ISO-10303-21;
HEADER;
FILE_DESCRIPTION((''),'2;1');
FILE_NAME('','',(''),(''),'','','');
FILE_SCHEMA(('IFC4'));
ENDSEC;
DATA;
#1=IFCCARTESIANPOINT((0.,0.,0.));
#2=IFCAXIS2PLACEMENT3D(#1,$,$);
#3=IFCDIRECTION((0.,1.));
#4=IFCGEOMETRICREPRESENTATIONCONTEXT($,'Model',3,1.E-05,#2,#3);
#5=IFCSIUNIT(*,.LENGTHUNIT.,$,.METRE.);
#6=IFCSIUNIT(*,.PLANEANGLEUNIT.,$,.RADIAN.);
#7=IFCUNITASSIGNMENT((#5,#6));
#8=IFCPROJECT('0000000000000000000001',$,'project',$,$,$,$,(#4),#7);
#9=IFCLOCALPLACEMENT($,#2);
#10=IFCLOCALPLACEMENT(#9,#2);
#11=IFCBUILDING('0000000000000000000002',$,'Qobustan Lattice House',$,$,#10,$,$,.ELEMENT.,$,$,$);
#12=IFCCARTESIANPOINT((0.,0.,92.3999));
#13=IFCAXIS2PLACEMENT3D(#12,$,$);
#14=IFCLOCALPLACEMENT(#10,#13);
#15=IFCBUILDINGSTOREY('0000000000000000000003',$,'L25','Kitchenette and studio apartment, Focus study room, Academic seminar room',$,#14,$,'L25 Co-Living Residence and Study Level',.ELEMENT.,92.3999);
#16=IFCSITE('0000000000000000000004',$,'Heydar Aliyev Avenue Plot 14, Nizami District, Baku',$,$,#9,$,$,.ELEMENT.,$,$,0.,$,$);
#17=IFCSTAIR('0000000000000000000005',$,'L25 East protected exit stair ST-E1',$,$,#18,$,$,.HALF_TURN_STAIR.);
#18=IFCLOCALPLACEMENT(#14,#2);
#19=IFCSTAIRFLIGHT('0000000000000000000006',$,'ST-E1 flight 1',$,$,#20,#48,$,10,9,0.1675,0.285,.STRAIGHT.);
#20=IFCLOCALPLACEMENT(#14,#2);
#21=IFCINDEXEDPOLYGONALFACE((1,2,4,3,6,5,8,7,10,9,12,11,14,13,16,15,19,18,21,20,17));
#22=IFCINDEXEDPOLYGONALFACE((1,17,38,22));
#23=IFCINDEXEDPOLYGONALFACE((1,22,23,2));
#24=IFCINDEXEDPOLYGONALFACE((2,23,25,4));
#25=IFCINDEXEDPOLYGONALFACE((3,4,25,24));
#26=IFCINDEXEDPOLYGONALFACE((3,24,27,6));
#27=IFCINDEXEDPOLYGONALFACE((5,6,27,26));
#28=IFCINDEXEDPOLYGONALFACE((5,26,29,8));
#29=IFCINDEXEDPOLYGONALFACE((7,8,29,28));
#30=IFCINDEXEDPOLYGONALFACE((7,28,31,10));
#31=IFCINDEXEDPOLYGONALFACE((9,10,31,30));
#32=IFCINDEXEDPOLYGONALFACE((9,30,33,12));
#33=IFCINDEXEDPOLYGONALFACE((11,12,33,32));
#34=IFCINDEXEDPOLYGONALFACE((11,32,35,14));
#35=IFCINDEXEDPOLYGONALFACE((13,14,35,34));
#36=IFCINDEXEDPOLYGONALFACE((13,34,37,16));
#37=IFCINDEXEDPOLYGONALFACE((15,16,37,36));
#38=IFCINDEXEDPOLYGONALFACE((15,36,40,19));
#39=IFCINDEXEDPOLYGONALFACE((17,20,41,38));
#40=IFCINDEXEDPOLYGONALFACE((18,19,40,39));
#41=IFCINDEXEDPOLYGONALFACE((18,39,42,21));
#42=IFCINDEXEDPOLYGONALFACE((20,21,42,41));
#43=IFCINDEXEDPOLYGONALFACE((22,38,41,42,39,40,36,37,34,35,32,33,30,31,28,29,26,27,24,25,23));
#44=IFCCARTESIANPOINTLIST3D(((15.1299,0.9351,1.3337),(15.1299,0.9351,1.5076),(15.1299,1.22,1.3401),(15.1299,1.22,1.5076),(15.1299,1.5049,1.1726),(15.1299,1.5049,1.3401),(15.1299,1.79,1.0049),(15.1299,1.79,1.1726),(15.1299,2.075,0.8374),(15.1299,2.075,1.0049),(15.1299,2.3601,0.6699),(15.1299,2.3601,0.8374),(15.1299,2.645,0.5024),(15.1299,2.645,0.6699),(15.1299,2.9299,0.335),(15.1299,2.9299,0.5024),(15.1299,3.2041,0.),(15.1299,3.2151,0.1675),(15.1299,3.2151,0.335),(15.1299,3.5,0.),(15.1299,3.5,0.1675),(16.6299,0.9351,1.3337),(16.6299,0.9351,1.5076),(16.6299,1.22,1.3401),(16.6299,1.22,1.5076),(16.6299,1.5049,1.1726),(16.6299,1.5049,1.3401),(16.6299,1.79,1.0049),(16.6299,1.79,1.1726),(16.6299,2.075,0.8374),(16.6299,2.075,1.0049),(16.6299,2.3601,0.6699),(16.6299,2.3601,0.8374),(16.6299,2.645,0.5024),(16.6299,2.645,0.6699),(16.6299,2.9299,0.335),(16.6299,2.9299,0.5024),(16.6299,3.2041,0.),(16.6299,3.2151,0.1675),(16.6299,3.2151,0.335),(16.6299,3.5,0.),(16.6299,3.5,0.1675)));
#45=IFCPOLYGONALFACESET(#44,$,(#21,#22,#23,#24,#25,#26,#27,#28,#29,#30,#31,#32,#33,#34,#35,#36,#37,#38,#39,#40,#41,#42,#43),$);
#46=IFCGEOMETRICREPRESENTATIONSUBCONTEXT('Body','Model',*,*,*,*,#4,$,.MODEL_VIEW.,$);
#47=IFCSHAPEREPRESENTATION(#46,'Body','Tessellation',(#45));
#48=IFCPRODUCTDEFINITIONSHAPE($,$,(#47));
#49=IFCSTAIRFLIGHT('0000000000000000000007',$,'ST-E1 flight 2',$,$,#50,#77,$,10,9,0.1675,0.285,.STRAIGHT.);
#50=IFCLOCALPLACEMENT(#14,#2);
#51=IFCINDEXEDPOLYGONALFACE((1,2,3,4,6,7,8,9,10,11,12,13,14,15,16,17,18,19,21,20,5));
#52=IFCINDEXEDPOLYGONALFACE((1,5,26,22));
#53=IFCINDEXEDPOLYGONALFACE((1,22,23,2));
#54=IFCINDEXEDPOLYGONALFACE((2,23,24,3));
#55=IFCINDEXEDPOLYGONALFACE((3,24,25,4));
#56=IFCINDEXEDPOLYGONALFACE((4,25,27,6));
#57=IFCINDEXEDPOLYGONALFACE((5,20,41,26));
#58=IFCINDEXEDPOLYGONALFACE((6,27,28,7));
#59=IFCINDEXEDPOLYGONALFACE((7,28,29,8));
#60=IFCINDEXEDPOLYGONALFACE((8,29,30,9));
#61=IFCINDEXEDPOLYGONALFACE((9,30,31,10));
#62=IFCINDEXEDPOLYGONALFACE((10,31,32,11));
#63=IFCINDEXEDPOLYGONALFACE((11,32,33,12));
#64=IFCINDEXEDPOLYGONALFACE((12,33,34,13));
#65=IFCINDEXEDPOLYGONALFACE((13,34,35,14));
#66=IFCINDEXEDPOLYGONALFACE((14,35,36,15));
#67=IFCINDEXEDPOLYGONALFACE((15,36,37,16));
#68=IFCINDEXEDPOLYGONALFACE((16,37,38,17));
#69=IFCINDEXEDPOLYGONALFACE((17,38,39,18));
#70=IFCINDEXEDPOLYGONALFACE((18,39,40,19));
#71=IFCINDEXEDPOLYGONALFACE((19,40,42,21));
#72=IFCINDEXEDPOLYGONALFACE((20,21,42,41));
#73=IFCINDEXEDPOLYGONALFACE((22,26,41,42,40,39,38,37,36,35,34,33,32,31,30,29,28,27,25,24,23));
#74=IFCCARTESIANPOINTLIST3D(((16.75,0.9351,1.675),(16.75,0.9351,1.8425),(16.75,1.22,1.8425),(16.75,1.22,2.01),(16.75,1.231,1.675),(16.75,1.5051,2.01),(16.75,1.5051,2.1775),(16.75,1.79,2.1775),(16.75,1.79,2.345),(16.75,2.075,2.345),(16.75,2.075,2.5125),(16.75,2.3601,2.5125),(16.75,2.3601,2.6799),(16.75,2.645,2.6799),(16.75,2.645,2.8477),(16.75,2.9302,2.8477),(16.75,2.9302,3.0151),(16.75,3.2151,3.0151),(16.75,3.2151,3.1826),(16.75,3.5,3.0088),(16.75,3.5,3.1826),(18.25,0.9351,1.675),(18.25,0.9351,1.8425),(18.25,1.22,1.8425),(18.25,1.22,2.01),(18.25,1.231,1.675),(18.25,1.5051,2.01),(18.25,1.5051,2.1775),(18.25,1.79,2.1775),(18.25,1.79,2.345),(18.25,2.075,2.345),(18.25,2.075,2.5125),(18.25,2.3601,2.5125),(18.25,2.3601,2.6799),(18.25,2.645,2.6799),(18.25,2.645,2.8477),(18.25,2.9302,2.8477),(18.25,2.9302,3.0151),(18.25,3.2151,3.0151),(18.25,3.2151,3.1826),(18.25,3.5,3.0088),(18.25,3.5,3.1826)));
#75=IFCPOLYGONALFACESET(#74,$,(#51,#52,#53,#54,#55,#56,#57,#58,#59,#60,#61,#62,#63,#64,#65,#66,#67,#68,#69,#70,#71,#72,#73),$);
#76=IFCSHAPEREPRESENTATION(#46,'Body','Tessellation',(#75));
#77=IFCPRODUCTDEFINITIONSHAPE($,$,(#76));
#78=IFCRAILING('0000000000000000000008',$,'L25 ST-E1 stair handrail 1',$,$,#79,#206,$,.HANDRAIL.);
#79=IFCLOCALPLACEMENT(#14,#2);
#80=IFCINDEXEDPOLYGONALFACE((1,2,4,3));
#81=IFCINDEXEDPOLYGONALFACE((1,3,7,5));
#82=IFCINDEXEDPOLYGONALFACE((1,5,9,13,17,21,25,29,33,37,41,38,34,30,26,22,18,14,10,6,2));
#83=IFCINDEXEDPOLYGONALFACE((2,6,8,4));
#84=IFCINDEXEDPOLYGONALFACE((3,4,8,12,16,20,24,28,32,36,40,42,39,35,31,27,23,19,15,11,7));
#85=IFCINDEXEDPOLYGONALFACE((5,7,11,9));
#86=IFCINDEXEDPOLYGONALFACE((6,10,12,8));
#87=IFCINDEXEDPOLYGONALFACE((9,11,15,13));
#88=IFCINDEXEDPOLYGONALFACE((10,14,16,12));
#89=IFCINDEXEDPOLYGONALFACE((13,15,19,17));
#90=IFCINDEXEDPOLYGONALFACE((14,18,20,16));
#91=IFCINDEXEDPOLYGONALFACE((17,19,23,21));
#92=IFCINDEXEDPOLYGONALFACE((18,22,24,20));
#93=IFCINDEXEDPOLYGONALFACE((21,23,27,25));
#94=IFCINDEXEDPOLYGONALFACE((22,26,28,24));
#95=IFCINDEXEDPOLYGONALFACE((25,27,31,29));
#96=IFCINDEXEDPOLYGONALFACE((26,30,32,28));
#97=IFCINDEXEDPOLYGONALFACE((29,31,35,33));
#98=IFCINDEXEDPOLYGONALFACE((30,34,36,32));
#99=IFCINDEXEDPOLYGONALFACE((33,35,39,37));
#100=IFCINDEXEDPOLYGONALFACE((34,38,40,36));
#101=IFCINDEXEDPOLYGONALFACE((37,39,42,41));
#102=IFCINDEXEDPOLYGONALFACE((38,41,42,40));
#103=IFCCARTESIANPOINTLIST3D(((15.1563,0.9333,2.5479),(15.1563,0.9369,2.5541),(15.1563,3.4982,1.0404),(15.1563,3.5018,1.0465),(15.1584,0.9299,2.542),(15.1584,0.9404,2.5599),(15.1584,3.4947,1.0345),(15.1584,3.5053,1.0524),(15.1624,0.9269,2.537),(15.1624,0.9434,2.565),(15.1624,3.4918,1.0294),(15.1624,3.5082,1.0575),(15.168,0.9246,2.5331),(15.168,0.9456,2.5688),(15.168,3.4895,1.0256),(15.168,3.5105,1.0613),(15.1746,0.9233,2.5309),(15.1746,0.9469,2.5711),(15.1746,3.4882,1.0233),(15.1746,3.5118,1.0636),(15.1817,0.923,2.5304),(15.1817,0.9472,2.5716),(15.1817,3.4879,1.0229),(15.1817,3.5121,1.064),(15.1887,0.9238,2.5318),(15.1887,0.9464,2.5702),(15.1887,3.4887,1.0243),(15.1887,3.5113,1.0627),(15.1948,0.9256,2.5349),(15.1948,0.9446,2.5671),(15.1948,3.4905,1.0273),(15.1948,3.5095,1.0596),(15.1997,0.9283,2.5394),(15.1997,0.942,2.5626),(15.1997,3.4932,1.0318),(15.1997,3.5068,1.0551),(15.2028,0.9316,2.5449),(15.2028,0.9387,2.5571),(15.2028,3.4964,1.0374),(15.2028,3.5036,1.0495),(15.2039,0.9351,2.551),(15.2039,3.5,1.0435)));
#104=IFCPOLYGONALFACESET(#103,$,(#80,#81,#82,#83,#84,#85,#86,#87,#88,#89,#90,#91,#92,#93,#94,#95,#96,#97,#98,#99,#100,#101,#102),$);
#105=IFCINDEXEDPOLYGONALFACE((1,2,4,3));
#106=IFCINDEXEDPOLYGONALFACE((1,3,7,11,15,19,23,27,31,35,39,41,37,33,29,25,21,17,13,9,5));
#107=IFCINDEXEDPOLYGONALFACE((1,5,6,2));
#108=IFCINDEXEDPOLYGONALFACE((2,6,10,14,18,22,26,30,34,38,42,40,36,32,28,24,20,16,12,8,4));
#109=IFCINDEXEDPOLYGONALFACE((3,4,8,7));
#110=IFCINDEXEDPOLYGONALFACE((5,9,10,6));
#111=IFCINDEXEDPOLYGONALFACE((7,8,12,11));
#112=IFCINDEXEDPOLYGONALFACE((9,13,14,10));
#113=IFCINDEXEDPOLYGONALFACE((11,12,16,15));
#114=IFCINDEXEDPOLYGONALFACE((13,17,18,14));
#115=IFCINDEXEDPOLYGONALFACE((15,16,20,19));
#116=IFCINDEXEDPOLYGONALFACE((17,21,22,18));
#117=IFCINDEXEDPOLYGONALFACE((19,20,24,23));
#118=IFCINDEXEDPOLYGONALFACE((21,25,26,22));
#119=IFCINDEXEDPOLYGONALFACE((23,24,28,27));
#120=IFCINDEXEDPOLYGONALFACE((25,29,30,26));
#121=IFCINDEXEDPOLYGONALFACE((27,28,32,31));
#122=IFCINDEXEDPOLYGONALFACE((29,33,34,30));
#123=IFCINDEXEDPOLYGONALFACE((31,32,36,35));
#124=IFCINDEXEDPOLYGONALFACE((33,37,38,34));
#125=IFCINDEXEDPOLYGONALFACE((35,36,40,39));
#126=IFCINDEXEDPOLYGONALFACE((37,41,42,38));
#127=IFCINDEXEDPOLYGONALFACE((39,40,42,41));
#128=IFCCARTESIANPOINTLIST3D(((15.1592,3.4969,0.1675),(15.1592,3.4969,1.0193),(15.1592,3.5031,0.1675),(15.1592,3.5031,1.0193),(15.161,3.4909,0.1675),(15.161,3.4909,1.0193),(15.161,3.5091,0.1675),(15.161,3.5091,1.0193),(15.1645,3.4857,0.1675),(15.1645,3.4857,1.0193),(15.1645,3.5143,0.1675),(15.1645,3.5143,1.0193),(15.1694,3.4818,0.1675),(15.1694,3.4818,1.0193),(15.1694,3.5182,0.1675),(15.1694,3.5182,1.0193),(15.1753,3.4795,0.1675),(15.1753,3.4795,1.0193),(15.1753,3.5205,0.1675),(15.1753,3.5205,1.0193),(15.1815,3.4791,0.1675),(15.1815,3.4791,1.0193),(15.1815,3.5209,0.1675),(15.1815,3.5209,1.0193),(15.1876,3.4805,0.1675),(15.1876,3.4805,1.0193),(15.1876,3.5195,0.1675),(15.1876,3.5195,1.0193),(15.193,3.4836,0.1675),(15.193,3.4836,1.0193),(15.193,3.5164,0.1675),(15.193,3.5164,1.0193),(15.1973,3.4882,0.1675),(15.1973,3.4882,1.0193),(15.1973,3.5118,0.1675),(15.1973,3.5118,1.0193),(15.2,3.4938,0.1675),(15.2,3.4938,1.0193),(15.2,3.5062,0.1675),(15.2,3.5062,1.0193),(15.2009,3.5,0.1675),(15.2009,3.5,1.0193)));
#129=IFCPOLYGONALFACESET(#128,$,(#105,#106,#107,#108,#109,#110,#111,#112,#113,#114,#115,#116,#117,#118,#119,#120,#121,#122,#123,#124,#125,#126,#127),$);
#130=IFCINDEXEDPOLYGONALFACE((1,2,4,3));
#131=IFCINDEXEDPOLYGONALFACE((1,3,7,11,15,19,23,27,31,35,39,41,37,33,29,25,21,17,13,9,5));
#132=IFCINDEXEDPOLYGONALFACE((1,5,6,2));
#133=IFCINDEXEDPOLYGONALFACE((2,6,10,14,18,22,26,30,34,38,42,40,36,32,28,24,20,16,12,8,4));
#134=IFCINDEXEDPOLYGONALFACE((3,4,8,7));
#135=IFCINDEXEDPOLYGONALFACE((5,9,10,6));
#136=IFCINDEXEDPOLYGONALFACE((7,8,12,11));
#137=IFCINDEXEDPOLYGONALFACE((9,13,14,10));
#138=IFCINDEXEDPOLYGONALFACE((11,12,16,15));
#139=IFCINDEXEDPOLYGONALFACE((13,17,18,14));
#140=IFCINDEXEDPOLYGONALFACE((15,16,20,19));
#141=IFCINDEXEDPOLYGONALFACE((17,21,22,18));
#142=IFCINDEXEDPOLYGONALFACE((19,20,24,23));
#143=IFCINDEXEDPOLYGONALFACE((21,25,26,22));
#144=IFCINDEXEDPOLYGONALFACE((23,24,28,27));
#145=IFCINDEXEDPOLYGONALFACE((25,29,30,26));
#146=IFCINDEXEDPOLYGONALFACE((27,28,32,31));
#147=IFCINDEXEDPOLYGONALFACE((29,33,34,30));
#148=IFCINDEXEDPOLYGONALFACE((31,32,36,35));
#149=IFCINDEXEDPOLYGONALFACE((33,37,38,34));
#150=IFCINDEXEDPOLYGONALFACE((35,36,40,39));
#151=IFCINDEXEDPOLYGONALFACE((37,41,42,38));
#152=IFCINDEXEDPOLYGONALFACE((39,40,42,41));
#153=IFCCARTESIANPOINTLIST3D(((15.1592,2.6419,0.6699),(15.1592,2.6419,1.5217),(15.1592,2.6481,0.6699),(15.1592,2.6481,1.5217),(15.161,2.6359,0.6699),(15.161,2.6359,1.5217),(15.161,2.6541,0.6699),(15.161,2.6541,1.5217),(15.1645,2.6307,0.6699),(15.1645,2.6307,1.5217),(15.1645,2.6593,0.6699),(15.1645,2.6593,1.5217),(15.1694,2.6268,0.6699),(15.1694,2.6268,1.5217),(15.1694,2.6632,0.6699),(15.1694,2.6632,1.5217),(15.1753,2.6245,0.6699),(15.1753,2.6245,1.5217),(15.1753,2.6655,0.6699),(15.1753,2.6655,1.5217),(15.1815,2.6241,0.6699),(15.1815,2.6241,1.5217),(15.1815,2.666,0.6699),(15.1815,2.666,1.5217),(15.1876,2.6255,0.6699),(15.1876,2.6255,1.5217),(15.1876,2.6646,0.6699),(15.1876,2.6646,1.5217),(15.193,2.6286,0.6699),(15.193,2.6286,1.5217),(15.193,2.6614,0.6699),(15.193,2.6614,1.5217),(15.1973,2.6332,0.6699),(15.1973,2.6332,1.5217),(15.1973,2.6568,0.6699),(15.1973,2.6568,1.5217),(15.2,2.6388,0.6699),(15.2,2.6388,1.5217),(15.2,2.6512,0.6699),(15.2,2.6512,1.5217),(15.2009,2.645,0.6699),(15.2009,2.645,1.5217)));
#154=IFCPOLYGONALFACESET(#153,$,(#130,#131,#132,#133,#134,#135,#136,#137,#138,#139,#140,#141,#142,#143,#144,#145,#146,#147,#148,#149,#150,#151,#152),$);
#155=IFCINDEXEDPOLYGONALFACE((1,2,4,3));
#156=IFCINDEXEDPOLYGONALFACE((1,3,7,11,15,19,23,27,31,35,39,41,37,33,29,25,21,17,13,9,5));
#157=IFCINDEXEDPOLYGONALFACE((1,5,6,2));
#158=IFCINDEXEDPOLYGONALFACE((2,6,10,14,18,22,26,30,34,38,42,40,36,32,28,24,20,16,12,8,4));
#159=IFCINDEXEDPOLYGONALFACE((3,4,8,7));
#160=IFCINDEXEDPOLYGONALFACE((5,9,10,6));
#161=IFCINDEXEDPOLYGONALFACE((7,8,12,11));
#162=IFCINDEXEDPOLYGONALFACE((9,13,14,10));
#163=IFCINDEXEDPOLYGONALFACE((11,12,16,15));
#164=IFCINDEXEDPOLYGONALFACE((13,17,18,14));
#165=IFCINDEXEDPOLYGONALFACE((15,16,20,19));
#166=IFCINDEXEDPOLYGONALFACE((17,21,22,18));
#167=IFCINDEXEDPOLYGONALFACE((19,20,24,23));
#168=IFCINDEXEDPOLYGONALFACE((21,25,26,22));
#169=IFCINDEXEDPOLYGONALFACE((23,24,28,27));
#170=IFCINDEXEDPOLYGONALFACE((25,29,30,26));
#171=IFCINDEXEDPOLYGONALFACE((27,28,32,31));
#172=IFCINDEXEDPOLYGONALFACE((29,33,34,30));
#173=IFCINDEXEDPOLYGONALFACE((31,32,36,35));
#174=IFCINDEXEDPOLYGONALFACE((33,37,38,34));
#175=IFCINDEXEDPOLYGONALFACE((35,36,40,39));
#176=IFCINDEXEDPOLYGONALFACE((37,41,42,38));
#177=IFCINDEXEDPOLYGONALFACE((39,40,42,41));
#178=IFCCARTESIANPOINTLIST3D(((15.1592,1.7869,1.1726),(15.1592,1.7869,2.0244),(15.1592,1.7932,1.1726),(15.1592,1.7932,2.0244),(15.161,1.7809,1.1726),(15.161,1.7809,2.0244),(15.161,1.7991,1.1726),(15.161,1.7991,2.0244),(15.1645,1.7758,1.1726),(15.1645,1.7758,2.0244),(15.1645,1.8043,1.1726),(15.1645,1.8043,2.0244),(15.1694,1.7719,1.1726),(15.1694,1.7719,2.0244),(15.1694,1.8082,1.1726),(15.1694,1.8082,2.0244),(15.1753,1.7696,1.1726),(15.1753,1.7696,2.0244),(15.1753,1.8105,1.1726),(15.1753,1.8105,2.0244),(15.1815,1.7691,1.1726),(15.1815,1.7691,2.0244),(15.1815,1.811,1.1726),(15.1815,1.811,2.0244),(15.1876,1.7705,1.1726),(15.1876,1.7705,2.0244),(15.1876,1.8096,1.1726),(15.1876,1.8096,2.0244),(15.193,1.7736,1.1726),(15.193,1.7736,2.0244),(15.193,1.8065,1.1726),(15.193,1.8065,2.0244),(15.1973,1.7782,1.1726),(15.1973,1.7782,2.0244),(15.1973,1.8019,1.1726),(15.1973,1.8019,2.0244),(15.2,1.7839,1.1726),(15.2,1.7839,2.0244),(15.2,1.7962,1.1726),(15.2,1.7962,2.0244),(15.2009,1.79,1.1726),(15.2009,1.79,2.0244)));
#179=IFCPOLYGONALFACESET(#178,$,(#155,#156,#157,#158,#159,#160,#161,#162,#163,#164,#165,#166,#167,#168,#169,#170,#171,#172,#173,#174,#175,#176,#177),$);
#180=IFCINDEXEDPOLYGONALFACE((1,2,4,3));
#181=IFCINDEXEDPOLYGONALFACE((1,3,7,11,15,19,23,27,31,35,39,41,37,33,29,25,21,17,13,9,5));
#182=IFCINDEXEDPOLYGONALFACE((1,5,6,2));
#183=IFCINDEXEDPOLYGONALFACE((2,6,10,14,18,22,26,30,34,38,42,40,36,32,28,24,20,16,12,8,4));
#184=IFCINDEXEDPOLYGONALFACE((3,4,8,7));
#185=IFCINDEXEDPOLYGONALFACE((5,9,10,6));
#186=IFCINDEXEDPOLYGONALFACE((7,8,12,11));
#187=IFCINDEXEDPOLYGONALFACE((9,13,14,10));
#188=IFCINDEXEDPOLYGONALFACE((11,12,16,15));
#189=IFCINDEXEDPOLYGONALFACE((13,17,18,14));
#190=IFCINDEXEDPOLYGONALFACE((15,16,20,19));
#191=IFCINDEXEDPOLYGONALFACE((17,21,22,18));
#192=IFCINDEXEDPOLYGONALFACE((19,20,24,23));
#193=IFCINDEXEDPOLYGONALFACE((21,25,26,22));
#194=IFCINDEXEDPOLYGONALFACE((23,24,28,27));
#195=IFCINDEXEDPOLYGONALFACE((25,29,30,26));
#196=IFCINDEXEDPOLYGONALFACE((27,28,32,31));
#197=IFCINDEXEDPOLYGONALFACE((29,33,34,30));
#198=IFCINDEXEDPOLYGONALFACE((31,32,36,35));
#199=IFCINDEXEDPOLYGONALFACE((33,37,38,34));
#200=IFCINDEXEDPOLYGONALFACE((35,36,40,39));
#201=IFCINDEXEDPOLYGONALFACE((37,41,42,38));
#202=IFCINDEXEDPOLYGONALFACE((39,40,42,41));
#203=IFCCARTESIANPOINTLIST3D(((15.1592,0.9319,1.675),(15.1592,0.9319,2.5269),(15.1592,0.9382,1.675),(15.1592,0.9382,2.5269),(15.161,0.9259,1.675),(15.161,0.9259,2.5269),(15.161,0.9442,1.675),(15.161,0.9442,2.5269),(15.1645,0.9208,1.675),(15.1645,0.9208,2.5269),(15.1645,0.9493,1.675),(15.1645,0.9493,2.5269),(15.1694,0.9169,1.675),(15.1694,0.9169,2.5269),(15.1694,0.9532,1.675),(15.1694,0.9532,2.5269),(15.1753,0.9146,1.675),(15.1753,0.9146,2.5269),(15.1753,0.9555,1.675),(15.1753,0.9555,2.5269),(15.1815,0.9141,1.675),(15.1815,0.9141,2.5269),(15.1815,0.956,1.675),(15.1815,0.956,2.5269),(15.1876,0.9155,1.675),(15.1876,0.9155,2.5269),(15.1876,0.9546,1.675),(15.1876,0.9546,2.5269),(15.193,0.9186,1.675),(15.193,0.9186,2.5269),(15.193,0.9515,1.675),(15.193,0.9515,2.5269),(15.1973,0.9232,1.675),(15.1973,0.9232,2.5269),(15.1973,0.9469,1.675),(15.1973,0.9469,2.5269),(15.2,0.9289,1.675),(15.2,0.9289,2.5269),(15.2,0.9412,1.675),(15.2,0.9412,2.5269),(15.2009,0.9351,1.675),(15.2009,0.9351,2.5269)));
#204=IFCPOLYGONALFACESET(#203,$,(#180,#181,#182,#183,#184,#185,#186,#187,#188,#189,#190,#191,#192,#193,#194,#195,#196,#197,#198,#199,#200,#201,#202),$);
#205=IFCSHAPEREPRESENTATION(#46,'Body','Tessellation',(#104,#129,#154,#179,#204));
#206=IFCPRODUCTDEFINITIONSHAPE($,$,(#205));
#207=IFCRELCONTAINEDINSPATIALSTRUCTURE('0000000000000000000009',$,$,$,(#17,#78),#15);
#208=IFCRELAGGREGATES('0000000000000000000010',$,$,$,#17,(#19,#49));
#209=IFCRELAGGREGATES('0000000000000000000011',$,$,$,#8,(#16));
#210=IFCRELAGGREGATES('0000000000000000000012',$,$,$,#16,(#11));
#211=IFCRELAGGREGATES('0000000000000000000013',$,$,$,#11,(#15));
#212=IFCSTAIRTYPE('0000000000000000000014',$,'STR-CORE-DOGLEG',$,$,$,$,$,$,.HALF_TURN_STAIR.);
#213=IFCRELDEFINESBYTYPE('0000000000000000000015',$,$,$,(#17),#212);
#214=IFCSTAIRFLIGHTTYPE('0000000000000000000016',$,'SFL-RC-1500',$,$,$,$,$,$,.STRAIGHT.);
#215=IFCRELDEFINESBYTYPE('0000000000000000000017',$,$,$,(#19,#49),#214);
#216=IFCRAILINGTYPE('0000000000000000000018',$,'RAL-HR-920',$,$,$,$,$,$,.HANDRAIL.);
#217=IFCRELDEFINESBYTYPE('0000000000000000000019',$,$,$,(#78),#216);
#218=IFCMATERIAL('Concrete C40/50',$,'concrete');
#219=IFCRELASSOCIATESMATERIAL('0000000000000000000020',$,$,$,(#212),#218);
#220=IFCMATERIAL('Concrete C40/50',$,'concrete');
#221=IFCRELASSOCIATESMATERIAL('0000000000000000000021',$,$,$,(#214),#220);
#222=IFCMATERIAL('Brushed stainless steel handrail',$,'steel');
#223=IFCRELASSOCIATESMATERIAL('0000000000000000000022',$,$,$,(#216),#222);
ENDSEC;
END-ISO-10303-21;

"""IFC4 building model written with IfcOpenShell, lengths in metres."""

from ifc_helpers import new_model, si_unit, direction, frame, origin, origin_2d, place, context, subcontext, project, spatial, polyline, circle, outline, extrude, material, type_object, element, aggregate, save


model = new_model("IFC4")

# Units and contexts
model_context = context("Model", 3, precision=1e-05, world=origin(), true_north=direction((0.0, 1.0)))
body_context = subcontext(model_context, "Body", "Model", "MODEL_VIEW")
ifc_project = project(units=[si_unit("LENGTHUNIT", "METRE"), si_unit("PLANEANGLEUNIT", "RADIAN")], contexts=[model_context])

# Site, building, storey
site_placement = place(None, origin())
site = spatial("IfcSite", under=ifc_project, at=site_placement, Name="Heydar Aliyev Avenue Plot 14, Nizami District, Baku", CompositionType="ELEMENT", RefElevation=0.0)
building_placement = place(site_placement, origin())
building = spatial("IfcBuilding", under=site, at=building_placement, Name="Qobustan Lattice House", CompositionType="ELEMENT")
storey_placement = place(building_placement, frame((0.0, 0.0, 92.3999)))
storey = spatial("IfcBuildingStorey", under=building, at=storey_placement, Name="L25", Description="Kitchenette and studio apartment, Focus study room, Academic seminar room", LongName="L25 Co-Living Residence and Study Level", CompositionType="ELEMENT", Elevation=92.3999)

# Stair, stair flights
ifc_material_1 = material(Name="Concrete C40/50", Category="concrete")
stair_type = type_object("IfcStairType", Name="STR-CORE-DOGLEG", PredefinedType="HALF_TURN_STAIR", material=ifc_material_1)
stair_placement = place(storey_placement, origin())
stair = element("IfcStair", 1, at=stair_placement, inside=storey, type_object=stair_type, Name="L25 East protected exit stair ST-E1", PredefinedType="HALF_TURN_STAIR")
ifc_material_2 = material(Name="Concrete C40/50", Category="concrete")
stair_flight_type = type_object("IfcStairFlightType", Name="SFL-RC-1500", PredefinedType="STRAIGHT", material=ifc_material_2)
stair_flight_1_placement = place(storey_placement, frame((15.8799, 3.5, 0.0), z_axis=(0.0, 0.0, 1.0), x_axis=(0.0, -1.0, 0.0)))
stair_flight_1 = element("IfcStairFlight", 2, at=stair_flight_1_placement, type_object=stair_flight_type, Name="ST-E1 flight 1", NumberOfRisers=10, NumberOfTreads=9, PredefinedType="STRAIGHT", RiserHeight=0.1675, TreadLength=0.285, context=body_context, shape_type="SweptSolid", body=[
    extrude(outline(polyline([(0.0, 0.0), (0.0, 0.1675), (0.2849, 0.1675), (0.2849, 0.335), (0.5701, 0.335), (0.5701, 0.5024), (0.855, 0.5024), (0.855, 0.6699), (1.1399, 0.6699), (1.1399, 0.8374), (1.425, 0.8374), (1.425, 1.0049), (1.71, 1.0049), (1.71, 1.1726), (1.9951, 1.1726), (1.9951, 1.3401), (2.28, 1.3401), (2.28, 1.5076), (2.5649, 1.5076), (2.5649, 1.675), (2.5649, 1.3337), (0.2959, 0.0), (0.0, 0.0)])), frame((0.0, 0.75, 0.0), z_axis=(0.0, -1.0, 0.0), x_axis=(1.0, 0.0, 0.0)), (0.0, 0.0, 1.0), 1.5),
])
stair_flight_2_placement = place(storey_placement, frame((17.5, 0.9351, 1.675), z_axis=(0.0, 0.0, 1.0), x_axis=(0.0, 1.0, 0.0)))
stair_flight_2 = element("IfcStairFlight", 3, at=stair_flight_2_placement, type_object=stair_flight_type, Name="ST-E1 flight 2", NumberOfRisers=10, NumberOfTreads=9, PredefinedType="STRAIGHT", RiserHeight=0.1675, TreadLength=0.285, context=body_context, shape_type="SweptSolid", body=[
    extrude(outline(polyline([(0.0, 0.0), (0.0, 0.1675), (0.2849, 0.1675), (0.2849, 0.335), (0.5701, 0.335), (0.5701, 0.5024), (0.855, 0.5024), (0.855, 0.6699), (1.1399, 0.6699), (1.1399, 0.8374), (1.425, 0.8374), (1.425, 1.0049), (1.71, 1.0049), (1.71, 1.1726), (1.9951, 1.1726), (1.9951, 1.3401), (2.28, 1.3401), (2.28, 1.5076), (2.5649, 1.5076), (2.5649, 1.675), (2.5649, 1.3337), (0.2959, 0.0), (0.0, 0.0)])), frame((0.0, 0.75, 0.0), z_axis=(0.0, -1.0, 0.0), x_axis=(1.0, 0.0, 0.0)), (0.0, 0.0, 1.0), 1.5),
])
aggregate(stair, [stair_flight_1, stair_flight_2])

# Railing
ifc_material_3 = material(Name="Brushed stainless steel handrail", Category="steel")
railing_type_1 = type_object("IfcRailingType", Name="RAL-HR-920", PredefinedType="HANDRAIL", material=ifc_material_3)
railing_1_placement = place(storey_placement, frame((15.1799, 3.5, 0.1675)))
element("IfcRailing", 4, at=railing_1_placement, inside=storey, type_object=railing_type_1, Name="L25 ST-E1 stair handrail 1", PredefinedType="HANDRAIL", context=body_context, shape_type="SweptSolid", body=[
    extrude(circle(Radius=0.0239, at=origin_2d()), frame((0.0, 0.0, 0.876), z_axis=(0.0, -0.862113, 0.506715), x_axis=(1.0, 0.0, 0.0)), (0.0, 0.0, 1.0), 2.9751),
    extrude(circle(Radius=0.021, at=origin_2d()), origin(), (0.0, 0.0, 1.0), 0.8518),
    extrude(circle(Radius=0.021, at=origin_2d()), frame((0.0, -0.855, 0.5024)), (0.0, 0.0, 1.0), 0.8518),
    extrude(circle(Radius=0.021, at=origin_2d()), frame((0.0, -1.71, 1.0051)), (0.0, 0.0, 1.0), 0.8518),
    extrude(circle(Radius=0.021, at=origin_2d()), frame((0.0, -2.5649, 1.5076)), (0.0, 0.0, 1.0), 0.8518),
])

save(model, "model.ifc")
